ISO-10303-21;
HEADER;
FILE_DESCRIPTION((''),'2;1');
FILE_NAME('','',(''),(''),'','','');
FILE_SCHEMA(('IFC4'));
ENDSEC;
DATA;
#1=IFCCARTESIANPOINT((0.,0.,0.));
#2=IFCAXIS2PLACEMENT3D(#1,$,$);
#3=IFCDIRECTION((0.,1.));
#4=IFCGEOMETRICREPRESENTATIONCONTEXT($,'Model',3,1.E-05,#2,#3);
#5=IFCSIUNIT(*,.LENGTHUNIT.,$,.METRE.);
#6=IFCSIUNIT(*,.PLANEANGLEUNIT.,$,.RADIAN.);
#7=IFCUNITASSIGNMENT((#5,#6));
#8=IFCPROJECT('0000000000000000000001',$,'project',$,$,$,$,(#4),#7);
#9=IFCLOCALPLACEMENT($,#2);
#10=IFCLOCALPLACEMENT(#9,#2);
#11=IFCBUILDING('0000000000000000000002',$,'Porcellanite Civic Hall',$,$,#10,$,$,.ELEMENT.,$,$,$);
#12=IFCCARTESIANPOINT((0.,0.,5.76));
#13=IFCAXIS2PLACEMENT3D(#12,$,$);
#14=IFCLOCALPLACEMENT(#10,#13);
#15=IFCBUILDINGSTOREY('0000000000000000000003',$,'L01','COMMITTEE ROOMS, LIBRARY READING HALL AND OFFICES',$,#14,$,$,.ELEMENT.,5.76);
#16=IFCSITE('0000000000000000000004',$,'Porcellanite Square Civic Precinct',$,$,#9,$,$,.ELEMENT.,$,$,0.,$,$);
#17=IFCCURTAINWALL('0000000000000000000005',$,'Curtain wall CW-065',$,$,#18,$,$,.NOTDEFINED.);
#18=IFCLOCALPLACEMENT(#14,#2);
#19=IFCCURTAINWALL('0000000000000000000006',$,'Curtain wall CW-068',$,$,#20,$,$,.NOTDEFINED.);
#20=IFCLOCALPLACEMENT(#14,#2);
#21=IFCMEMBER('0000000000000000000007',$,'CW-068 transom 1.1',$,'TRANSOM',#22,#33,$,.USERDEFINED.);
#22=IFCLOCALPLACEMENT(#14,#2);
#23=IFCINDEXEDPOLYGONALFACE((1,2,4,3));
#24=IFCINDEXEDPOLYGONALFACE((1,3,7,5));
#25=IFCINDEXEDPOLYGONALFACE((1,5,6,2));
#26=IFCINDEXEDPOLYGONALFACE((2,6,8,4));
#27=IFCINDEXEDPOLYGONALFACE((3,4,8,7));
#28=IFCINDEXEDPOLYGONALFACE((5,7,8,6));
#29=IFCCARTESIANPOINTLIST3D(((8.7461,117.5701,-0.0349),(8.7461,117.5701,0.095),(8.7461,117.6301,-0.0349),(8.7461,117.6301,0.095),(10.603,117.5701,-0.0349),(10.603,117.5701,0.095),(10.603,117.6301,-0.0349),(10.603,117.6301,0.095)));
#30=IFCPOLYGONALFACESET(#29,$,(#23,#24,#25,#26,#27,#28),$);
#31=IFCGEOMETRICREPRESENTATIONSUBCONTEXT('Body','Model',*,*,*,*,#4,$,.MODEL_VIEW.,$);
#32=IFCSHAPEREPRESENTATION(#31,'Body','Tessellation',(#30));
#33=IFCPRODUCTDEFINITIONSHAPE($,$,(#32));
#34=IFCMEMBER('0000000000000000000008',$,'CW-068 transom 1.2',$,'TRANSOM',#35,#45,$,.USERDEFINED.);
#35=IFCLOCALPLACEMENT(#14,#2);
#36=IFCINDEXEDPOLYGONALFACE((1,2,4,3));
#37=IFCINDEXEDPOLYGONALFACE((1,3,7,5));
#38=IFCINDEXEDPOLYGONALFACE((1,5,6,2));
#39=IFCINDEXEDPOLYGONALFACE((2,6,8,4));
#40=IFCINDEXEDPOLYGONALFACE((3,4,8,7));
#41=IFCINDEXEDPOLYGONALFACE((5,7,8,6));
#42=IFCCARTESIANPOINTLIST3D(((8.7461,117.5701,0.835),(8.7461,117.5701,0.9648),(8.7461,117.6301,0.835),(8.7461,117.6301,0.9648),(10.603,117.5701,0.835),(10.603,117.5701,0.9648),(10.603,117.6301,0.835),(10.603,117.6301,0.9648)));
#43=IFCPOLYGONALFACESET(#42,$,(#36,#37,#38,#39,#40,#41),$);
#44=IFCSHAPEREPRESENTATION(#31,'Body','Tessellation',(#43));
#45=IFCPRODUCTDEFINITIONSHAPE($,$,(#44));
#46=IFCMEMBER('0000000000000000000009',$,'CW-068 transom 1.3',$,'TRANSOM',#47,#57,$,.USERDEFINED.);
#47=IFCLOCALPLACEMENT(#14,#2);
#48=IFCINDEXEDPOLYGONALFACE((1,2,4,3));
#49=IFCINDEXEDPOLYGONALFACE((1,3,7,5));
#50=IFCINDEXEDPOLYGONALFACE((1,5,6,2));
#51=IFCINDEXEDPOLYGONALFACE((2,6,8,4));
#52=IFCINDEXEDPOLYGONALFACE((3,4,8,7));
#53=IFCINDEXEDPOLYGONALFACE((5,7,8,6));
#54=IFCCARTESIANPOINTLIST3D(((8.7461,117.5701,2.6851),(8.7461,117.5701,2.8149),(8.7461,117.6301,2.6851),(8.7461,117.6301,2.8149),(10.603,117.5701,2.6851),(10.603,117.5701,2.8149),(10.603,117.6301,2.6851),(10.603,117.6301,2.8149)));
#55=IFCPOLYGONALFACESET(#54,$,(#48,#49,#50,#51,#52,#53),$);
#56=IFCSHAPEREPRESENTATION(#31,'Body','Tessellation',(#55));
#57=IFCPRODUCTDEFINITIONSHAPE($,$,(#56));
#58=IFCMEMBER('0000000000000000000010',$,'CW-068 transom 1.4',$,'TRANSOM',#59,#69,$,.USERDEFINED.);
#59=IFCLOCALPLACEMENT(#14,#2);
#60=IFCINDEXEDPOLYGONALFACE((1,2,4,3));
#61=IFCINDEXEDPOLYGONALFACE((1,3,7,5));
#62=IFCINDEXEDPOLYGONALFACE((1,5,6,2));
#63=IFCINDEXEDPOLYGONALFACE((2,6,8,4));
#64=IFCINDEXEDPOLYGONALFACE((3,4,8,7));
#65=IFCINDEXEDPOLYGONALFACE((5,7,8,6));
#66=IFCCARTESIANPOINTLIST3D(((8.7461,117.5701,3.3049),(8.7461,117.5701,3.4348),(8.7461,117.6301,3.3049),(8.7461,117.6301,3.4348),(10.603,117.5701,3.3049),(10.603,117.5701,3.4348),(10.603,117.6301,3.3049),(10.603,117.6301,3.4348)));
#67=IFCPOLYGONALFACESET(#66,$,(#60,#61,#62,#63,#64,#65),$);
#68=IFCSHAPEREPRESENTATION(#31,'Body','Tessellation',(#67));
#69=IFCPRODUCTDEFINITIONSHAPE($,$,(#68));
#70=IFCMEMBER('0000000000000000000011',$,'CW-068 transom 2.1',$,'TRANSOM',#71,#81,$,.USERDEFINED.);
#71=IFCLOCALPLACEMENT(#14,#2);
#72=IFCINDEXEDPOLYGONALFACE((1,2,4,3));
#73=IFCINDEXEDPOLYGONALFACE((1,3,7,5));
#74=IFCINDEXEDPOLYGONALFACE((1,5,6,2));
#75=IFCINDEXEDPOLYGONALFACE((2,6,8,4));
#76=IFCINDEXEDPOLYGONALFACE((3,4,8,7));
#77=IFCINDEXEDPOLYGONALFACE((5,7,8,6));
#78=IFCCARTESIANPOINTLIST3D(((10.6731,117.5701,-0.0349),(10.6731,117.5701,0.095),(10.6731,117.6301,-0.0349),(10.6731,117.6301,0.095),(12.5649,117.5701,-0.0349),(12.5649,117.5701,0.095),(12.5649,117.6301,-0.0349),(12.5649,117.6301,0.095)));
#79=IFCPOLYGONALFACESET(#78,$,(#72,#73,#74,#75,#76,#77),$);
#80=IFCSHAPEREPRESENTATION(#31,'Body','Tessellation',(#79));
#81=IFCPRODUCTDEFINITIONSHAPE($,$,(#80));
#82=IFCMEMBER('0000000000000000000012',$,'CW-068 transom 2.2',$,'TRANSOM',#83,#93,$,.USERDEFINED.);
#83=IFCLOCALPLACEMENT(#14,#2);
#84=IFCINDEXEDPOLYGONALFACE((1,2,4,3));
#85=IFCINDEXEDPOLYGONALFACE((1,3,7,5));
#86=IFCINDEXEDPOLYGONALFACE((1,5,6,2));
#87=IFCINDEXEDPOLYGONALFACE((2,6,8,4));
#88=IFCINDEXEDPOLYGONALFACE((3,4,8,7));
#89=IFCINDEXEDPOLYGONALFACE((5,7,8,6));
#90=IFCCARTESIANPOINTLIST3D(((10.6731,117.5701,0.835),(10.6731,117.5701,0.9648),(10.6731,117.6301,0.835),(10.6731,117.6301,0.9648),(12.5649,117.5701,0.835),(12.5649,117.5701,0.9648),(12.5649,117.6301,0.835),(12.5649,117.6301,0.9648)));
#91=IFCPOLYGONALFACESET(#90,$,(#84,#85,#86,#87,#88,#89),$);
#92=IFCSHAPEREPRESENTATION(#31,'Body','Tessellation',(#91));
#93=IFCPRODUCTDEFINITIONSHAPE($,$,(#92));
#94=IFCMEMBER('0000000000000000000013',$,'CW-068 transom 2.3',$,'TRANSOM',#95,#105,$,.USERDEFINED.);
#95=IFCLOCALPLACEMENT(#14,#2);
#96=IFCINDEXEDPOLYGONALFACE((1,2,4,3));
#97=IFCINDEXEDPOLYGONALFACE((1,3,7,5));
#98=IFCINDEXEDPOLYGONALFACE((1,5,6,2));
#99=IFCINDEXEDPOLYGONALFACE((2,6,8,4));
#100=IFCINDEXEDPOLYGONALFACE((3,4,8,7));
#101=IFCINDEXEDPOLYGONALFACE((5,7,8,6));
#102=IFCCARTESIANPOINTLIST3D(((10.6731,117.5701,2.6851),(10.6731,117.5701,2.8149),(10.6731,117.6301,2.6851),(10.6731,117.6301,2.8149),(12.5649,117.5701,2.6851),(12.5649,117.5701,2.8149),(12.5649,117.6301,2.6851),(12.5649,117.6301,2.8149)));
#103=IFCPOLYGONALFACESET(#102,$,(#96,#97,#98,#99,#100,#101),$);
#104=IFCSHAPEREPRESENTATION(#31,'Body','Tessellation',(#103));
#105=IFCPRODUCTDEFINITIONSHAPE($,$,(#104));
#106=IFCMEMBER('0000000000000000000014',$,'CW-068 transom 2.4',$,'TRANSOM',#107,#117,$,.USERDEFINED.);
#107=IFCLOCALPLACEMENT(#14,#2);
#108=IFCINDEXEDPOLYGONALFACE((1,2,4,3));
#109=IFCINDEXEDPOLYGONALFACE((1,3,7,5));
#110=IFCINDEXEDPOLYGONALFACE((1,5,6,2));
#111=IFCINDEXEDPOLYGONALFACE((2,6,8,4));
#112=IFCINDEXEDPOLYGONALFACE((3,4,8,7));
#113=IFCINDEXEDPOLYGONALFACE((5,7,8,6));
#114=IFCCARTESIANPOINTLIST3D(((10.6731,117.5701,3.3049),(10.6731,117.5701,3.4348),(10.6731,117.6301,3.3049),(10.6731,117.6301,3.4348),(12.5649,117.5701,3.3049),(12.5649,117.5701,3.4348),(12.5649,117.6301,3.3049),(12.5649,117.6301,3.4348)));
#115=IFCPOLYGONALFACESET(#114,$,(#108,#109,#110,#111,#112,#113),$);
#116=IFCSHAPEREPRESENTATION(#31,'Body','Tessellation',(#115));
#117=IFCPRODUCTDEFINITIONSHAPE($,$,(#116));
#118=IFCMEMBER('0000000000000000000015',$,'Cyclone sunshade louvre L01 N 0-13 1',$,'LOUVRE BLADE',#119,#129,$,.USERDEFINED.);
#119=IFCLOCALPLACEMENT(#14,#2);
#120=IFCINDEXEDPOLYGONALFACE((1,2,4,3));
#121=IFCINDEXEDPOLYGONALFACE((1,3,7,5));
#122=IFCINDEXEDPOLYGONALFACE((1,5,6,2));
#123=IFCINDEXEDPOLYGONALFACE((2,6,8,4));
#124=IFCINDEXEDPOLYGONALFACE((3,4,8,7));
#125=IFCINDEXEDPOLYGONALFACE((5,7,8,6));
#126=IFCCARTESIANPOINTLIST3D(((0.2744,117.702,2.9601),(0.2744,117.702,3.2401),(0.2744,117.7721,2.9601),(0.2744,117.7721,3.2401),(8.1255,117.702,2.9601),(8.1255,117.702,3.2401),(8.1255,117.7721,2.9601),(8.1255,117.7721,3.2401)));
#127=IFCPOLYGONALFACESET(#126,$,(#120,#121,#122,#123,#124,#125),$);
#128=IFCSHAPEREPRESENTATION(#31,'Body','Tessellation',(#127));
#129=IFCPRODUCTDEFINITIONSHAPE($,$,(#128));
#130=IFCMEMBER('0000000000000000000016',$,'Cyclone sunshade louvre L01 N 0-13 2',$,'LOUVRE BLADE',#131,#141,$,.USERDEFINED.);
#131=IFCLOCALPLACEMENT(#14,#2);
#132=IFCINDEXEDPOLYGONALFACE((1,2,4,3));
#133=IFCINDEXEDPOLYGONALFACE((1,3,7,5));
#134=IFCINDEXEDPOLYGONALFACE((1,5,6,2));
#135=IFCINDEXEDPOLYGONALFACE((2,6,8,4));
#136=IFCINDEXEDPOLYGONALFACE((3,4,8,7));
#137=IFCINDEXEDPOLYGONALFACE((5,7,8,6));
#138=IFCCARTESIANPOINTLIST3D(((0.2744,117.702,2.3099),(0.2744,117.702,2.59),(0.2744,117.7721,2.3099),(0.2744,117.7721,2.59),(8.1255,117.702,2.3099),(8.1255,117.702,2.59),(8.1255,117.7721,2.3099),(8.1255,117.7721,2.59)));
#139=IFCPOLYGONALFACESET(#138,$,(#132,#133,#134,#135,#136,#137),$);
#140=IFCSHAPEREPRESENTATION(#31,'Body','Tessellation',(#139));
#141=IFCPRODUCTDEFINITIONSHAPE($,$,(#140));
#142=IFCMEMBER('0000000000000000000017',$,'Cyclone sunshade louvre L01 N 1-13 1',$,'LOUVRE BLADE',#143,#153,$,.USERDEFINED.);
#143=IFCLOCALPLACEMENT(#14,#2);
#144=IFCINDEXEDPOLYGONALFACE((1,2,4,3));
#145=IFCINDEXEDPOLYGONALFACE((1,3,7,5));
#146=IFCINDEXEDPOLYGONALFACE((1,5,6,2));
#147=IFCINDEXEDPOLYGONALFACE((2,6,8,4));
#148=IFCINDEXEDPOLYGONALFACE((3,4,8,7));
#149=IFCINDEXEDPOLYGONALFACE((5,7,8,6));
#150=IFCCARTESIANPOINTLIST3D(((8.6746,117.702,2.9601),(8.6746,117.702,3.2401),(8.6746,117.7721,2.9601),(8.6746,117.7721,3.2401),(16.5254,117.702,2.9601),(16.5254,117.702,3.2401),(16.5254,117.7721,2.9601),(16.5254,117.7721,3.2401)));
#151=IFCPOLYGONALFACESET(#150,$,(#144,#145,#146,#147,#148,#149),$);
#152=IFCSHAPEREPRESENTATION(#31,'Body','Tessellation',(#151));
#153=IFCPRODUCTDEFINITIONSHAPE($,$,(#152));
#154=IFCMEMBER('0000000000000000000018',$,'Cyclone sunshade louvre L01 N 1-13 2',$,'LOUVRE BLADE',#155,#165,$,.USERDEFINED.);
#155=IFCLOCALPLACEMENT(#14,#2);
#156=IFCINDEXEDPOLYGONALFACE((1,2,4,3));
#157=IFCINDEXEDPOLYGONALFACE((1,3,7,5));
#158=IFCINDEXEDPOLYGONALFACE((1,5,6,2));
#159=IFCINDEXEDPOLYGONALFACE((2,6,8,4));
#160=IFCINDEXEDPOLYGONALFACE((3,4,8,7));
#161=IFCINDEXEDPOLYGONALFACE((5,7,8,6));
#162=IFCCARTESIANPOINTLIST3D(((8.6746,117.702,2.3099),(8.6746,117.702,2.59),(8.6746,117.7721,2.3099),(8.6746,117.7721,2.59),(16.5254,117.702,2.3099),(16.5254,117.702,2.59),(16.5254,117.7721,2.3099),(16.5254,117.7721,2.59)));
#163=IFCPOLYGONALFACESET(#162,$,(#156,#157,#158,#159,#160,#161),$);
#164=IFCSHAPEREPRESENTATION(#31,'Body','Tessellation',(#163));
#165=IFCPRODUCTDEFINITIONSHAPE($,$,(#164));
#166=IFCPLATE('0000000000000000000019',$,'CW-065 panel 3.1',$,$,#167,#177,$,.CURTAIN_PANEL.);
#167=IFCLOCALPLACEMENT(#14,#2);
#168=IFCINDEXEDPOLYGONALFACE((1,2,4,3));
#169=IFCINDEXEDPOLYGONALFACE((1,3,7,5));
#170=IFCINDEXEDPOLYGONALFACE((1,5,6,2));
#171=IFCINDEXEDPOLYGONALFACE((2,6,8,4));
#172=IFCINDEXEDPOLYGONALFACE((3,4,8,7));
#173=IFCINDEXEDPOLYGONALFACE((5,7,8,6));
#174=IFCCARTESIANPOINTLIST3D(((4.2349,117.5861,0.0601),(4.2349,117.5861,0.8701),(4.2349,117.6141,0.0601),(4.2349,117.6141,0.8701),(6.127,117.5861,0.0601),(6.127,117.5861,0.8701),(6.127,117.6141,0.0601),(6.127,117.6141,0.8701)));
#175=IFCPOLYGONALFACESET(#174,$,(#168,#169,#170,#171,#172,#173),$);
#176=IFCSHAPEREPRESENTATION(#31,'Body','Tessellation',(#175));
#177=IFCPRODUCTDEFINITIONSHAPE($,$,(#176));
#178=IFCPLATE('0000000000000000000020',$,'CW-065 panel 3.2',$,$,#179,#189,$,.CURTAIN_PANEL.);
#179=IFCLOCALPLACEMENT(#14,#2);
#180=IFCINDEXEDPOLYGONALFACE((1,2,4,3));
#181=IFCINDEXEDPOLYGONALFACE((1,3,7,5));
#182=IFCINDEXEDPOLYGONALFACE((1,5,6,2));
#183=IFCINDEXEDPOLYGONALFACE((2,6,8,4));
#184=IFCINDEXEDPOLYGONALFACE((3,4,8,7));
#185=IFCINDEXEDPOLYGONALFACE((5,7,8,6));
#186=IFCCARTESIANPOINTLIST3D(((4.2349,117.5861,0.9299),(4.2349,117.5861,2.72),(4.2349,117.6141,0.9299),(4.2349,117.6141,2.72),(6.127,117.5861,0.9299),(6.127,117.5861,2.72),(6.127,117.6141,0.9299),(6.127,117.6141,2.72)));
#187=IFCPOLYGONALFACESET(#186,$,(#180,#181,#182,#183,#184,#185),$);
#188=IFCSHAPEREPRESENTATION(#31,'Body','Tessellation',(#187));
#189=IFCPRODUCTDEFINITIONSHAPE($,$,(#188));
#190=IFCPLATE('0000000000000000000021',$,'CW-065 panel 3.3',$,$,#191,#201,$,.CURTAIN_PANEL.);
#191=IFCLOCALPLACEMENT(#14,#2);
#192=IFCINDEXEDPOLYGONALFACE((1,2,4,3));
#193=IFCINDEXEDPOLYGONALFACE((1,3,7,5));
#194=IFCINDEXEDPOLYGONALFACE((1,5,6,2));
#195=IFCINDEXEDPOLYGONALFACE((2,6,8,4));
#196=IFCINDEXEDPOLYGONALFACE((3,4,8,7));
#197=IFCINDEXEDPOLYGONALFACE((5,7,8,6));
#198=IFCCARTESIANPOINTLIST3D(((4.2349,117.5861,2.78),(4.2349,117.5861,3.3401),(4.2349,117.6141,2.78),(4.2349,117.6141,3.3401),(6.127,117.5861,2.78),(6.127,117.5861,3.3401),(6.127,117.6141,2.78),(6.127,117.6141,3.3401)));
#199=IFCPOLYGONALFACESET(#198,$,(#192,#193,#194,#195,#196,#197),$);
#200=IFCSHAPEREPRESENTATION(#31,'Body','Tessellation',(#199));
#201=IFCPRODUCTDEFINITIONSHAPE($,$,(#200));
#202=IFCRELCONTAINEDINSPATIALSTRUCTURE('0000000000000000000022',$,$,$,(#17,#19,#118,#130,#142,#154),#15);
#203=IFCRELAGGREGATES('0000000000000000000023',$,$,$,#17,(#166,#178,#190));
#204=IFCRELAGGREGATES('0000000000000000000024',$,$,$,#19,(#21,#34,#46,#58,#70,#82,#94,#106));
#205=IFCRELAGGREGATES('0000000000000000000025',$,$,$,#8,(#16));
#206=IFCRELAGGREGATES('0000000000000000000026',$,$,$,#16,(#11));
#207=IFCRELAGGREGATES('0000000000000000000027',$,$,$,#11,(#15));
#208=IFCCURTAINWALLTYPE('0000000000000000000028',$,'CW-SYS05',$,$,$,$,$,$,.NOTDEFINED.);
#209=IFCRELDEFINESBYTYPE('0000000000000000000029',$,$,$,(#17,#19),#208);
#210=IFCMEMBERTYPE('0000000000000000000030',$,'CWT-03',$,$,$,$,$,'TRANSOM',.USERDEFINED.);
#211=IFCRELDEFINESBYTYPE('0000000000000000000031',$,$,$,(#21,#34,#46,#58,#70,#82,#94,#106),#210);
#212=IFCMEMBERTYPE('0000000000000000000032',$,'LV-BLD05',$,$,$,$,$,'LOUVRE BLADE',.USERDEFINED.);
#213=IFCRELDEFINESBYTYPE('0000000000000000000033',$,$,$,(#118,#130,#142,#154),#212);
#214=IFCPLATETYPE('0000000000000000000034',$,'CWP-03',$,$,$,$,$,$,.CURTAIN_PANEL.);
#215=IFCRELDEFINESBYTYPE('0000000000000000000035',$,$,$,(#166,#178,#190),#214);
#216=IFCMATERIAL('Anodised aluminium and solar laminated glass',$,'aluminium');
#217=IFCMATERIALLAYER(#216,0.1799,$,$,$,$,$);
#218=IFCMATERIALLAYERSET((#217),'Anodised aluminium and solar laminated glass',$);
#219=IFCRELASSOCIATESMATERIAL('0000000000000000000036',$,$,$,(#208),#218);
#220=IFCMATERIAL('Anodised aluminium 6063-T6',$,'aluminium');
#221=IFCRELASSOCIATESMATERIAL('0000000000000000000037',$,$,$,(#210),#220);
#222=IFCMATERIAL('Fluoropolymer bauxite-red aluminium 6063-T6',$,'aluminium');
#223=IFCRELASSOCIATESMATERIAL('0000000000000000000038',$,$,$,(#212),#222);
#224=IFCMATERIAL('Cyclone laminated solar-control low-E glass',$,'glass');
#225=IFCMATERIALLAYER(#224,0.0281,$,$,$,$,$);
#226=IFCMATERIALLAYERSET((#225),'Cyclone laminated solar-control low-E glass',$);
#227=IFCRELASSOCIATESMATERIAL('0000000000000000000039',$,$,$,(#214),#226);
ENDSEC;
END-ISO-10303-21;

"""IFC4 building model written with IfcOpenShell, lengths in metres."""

from ifc_helpers import new_model, si_unit, direction, frame, origin, origin_2d, place, context, subcontext, project, spatial, rectangle, extrude, material, layer, layer_set, material_profile, profile_set, type_object, element, aggregate, save


model = new_model("IFC4")

# Units and contexts
model_context = context("Model", 3, precision=1e-05, world=origin(), true_north=direction((0.0, 1.0)))
body_context = subcontext(model_context, "Body", "Model", "MODEL_VIEW")
ifc_project = project(units=[si_unit("LENGTHUNIT", "METRE"), si_unit("PLANEANGLEUNIT", "RADIAN")], contexts=[model_context])

# Site, building, storey
site_placement = place(None, origin())
site = spatial("IfcSite", under=ifc_project, at=site_placement, Name="Porcellanite Square Civic Precinct", CompositionType="ELEMENT", RefElevation=0.0)
building_placement = place(site_placement, origin())
building = spatial("IfcBuilding", under=site, at=building_placement, Name="Porcellanite Civic Hall", CompositionType="ELEMENT")
storey_placement = place(building_placement, frame((0.0, 0.0, 5.76)))
storey = spatial("IfcBuildingStorey", under=building, at=storey_placement, Name="L01", Description="COMMITTEE ROOMS, LIBRARY READING HALL AND OFFICES", CompositionType="ELEMENT", Elevation=5.76)

# Curtain walls
ifc_material_1 = material(Name="Anodised aluminium and solar laminated glass", Category="aluminium")
ifc_layer_1 = layer(ifc_material_1, 0.1799)
ifc_layer_set_1 = layer_set([ifc_layer_1], Name="Anodised aluminium and solar laminated glass")
curtain_wall_type = type_object("IfcCurtainWallType", Name="CW-SYS05", PredefinedType="NOTDEFINED", material=ifc_layer_set_1)
curtain_wall_1_placement = place(storey_placement, origin())
curtain_wall_1 = element("IfcCurtainWall", 1, at=curtain_wall_1_placement, inside=storey, type_object=curtain_wall_type, Name="Curtain wall CW-065", PredefinedType="NOTDEFINED")
curtain_wall_2_placement = place(storey_placement, origin())
curtain_wall_2 = element("IfcCurtainWall", 2, at=curtain_wall_2_placement, inside=storey, type_object=curtain_wall_type, Name="Curtain wall CW-068", PredefinedType="NOTDEFINED")

# Members
ifc_material_2 = material(Name="Anodised aluminium 6063-T6", Category="aluminium")
ifc_material_profile_1 = material_profile(ifc_material_2, rectangle(XDim=0.0601, YDim=0.1299, at=origin_2d()), Name="AL-60x130")
ifc_profile_set_1 = profile_set([ifc_material_profile_1], Name="Anodised aluminium 6063-T6")
member_type_1 = type_object("IfcMemberType", Name="CWT-03", ElementType="TRANSOM", PredefinedType="USERDEFINED", material=ifc_profile_set_1)
member_1_placement = place(storey_placement, frame((8.7461, 117.6001, 0.03), z_axis=(1.0, 0.0, 0.0), x_axis=(0.0, 1.0, 0.0)))
member_1 = element("IfcMember", 3, at=member_1_placement, type_object=member_type_1, Name="CW-068 transom 1.1", ObjectType="TRANSOM", PredefinedType="USERDEFINED", context=body_context, shape_type="SweptSolid", body=[
    extrude(rectangle(XDim=0.0601, YDim=0.1299, at=origin_2d()), origin(), (0.0, 0.0, 1.0), 1.8569),
])
member_2_placement = place(storey_placement, frame((8.7461, 117.6001, 0.8999), z_axis=(1.0, 0.0, 0.0), x_axis=(0.0, 1.0, 0.0)))
member_2 = element("IfcMember", 4, at=member_2_placement, type_object=member_type_1, Name="CW-068 transom 1.2", ObjectType="TRANSOM", PredefinedType="USERDEFINED", context=body_context, shape_type="SweptSolid", body=[
    extrude(rectangle(XDim=0.0601, YDim=0.1299, at=origin_2d()), origin(), (0.0, 0.0, 1.0), 1.8569),
])
member_3_placement = place(storey_placement, frame((8.7461, 117.6001, 2.75), z_axis=(1.0, 0.0, 0.0), x_axis=(0.0, 1.0, 0.0)))
member_3 = element("IfcMember", 5, at=member_3_placement, type_object=member_type_1, Name="CW-068 transom 1.3", ObjectType="TRANSOM", PredefinedType="USERDEFINED", context=body_context, shape_type="SweptSolid", body=[
    extrude(rectangle(XDim=0.0601, YDim=0.1299, at=origin_2d()), origin(), (0.0, 0.0, 1.0), 1.8569),
])
member_4_placement = place(storey_placement, frame((8.7461, 117.6001, 3.3699), z_axis=(1.0, 0.0, 0.0), x_axis=(0.0, 1.0, 0.0)))
member_4 = element("IfcMember", 6, at=member_4_placement, type_object=member_type_1, Name="CW-068 transom 1.4", ObjectType="TRANSOM", PredefinedType="USERDEFINED", context=body_context, shape_type="SweptSolid", body=[
    extrude(rectangle(XDim=0.0601, YDim=0.1299, at=origin_2d()), origin(), (0.0, 0.0, 1.0), 1.8569),
])
member_5_placement = place(storey_placement, frame((10.6731, 117.6001, 0.03), z_axis=(1.0, 0.0, 0.0), x_axis=(0.0, 1.0, 0.0)))
member_5 = element("IfcMember", 7, at=member_5_placement, type_object=member_type_1, Name="CW-068 transom 2.1", ObjectType="TRANSOM", PredefinedType="USERDEFINED", context=body_context, shape_type="SweptSolid", body=[
    extrude(rectangle(XDim=0.0601, YDim=0.1299, at=origin_2d()), origin(), (0.0, 0.0, 1.0), 1.8918),
])
member_6_placement = place(storey_placement, frame((10.6731, 117.6001, 0.8999), z_axis=(1.0, 0.0, 0.0), x_axis=(0.0, 1.0, 0.0)))
member_6 = element("IfcMember", 8, at=member_6_placement, type_object=member_type_1, Name="CW-068 transom 2.2", ObjectType="TRANSOM", PredefinedType="USERDEFINED", context=body_context, shape_type="SweptSolid", body=[
    extrude(rectangle(XDim=0.0601, YDim=0.1299, at=origin_2d()), origin(), (0.0, 0.0, 1.0), 1.8918),
])
member_7_placement = place(storey_placement, frame((10.6731, 117.6001, 2.75), z_axis=(1.0, 0.0, 0.0), x_axis=(0.0, 1.0, 0.0)))
member_7 = element("IfcMember", 9, at=member_7_placement, type_object=member_type_1, Name="CW-068 transom 2.3", ObjectType="TRANSOM", PredefinedType="USERDEFINED", context=body_context, shape_type="SweptSolid", body=[
    extrude(rectangle(XDim=0.0601, YDim=0.1299, at=origin_2d()), origin(), (0.0, 0.0, 1.0), 1.8918),
])
member_8_placement = place(storey_placement, frame((10.6731, 117.6001, 3.3699), z_axis=(1.0, 0.0, 0.0), x_axis=(0.0, 1.0, 0.0)))
member_8 = element("IfcMember", 10, at=member_8_placement, type_object=member_type_1, Name="CW-068 transom 2.4", ObjectType="TRANSOM", PredefinedType="USERDEFINED", context=body_context, shape_type="SweptSolid", body=[
    extrude(rectangle(XDim=0.0601, YDim=0.1299, at=origin_2d()), origin(), (0.0, 0.0, 1.0), 1.8918),
])

# Members
ifc_material_3 = material(Name="Fluoropolymer bauxite-red aluminium 6063-T6", Category="aluminium")
ifc_material_profile_2 = material_profile(ifc_material_3, rectangle(XDim=0.0701, YDim=0.28, at=origin_2d()), Name="AL-70x280")
ifc_profile_set_2 = profile_set([ifc_material_profile_2], Name="Fluoropolymer bauxite-red aluminium 6063-T6")
member_type_2 = type_object("IfcMemberType", Name="LV-BLD05", ElementType="LOUVRE BLADE", PredefinedType="USERDEFINED", material=ifc_profile_set_2)
for number, where, z_axis, x_axis, name in (
    (11, (0.2744, 117.7371, 3.1001), (1.0, 0.0, 0.0), (0.0, 1.0, 0.0), "Cyclone sunshade louvre L01 N 0-13 1"),
    (12, (0.2744, 117.7371, 2.45), (1.0, 0.0, 0.0), (0.0, 1.0, 0.0), "Cyclone sunshade louvre L01 N 0-13 2"),
):
    element("IfcMember", number, at=place(storey_placement, frame(where, z_axis=z_axis, x_axis=x_axis)), inside=storey, type_object=member_type_2, Name=name, ObjectType="LOUVRE BLADE", PredefinedType="USERDEFINED", context=body_context, shape_type="SweptSolid", body=[
        extrude(rectangle(XDim=0.0701, YDim=0.28, at=origin_2d()), origin(), (0.0, 0.0, 1.0), 7.8511),
    ])
for number, where, z_axis, x_axis, name in (
    (13, (8.6746, 117.7371, 3.1001), (1.0, 0.0, 0.0), (0.0, 1.0, 0.0), "Cyclone sunshade louvre L01 N 1-13 1"),
    (14, (8.6746, 117.7371, 2.45), (1.0, 0.0, 0.0), (0.0, 1.0, 0.0), "Cyclone sunshade louvre L01 N 1-13 2"),
):
    element("IfcMember", number, at=place(storey_placement, frame(where, z_axis=z_axis, x_axis=x_axis)), inside=storey, type_object=member_type_2, Name=name, ObjectType="LOUVRE BLADE", PredefinedType="USERDEFINED", context=body_context, shape_type="SweptSolid", body=[
        extrude(rectangle(XDim=0.0701, YDim=0.28, at=origin_2d()), origin(), (0.0, 0.0, 1.0), 7.8508),
    ])

# Plates
ifc_material_4 = material(Name="Cyclone laminated solar-control low-E glass", Category="glass")
ifc_layer_2 = layer(ifc_material_4, 0.0281)
ifc_layer_set_2 = layer_set([ifc_layer_2], Name="Cyclone laminated solar-control low-E glass")
plate_type = type_object("IfcPlateType", Name="CWP-03", PredefinedType="CURTAIN_PANEL", material=ifc_layer_set_2)
plate_1_placement = place(storey_placement, frame((5.1809, 117.6001, 0.0601), z_axis=(0.0, 0.0, 1.0), x_axis=(1.0, 0.0, 0.0)))
plate_1 = element("IfcPlate", 15, at=plate_1_placement, type_object=plate_type, Name="CW-065 panel 3.1", PredefinedType="CURTAIN_PANEL", context=body_context, shape_type="SweptSolid", body=[
    extrude(rectangle(XDim=1.8921, YDim=0.0281, at=origin_2d()), origin(), (0.0, 0.0, 1.0), 0.8101),
])
plate_2_placement = place(storey_placement, frame((5.1809, 117.6001, 0.9299), z_axis=(0.0, 0.0, 1.0), x_axis=(1.0, 0.0, 0.0)))
plate_2 = element("IfcPlate", 16, at=plate_2_placement, type_object=plate_type, Name="CW-065 panel 3.2", PredefinedType="CURTAIN_PANEL", context=body_context, shape_type="SweptSolid", body=[
    extrude(rectangle(XDim=1.8921, YDim=0.0281, at=origin_2d()), origin(), (0.0, 0.0, 1.0), 1.79),
])
plate_3_placement = place(storey_placement, frame((5.1809, 117.6001, 2.78), z_axis=(0.0, 0.0, 1.0), x_axis=(1.0, 0.0, 0.0)))
plate_3 = element("IfcPlate", 17, at=plate_3_placement, type_object=plate_type, Name="CW-065 panel 3.3", PredefinedType="CURTAIN_PANEL", context=body_context, shape_type="SweptSolid", body=[
    extrude(rectangle(XDim=1.8921, YDim=0.0281, at=origin_2d()), origin(), (0.0, 0.0, 1.0), 0.5601),
])
aggregate(curtain_wall_1, [plate_1, plate_2, plate_3])
aggregate(curtain_wall_2, [member_1, member_2, member_3, member_4, member_5, member_6, member_7, member_8])

save(model, "model.ifc")
